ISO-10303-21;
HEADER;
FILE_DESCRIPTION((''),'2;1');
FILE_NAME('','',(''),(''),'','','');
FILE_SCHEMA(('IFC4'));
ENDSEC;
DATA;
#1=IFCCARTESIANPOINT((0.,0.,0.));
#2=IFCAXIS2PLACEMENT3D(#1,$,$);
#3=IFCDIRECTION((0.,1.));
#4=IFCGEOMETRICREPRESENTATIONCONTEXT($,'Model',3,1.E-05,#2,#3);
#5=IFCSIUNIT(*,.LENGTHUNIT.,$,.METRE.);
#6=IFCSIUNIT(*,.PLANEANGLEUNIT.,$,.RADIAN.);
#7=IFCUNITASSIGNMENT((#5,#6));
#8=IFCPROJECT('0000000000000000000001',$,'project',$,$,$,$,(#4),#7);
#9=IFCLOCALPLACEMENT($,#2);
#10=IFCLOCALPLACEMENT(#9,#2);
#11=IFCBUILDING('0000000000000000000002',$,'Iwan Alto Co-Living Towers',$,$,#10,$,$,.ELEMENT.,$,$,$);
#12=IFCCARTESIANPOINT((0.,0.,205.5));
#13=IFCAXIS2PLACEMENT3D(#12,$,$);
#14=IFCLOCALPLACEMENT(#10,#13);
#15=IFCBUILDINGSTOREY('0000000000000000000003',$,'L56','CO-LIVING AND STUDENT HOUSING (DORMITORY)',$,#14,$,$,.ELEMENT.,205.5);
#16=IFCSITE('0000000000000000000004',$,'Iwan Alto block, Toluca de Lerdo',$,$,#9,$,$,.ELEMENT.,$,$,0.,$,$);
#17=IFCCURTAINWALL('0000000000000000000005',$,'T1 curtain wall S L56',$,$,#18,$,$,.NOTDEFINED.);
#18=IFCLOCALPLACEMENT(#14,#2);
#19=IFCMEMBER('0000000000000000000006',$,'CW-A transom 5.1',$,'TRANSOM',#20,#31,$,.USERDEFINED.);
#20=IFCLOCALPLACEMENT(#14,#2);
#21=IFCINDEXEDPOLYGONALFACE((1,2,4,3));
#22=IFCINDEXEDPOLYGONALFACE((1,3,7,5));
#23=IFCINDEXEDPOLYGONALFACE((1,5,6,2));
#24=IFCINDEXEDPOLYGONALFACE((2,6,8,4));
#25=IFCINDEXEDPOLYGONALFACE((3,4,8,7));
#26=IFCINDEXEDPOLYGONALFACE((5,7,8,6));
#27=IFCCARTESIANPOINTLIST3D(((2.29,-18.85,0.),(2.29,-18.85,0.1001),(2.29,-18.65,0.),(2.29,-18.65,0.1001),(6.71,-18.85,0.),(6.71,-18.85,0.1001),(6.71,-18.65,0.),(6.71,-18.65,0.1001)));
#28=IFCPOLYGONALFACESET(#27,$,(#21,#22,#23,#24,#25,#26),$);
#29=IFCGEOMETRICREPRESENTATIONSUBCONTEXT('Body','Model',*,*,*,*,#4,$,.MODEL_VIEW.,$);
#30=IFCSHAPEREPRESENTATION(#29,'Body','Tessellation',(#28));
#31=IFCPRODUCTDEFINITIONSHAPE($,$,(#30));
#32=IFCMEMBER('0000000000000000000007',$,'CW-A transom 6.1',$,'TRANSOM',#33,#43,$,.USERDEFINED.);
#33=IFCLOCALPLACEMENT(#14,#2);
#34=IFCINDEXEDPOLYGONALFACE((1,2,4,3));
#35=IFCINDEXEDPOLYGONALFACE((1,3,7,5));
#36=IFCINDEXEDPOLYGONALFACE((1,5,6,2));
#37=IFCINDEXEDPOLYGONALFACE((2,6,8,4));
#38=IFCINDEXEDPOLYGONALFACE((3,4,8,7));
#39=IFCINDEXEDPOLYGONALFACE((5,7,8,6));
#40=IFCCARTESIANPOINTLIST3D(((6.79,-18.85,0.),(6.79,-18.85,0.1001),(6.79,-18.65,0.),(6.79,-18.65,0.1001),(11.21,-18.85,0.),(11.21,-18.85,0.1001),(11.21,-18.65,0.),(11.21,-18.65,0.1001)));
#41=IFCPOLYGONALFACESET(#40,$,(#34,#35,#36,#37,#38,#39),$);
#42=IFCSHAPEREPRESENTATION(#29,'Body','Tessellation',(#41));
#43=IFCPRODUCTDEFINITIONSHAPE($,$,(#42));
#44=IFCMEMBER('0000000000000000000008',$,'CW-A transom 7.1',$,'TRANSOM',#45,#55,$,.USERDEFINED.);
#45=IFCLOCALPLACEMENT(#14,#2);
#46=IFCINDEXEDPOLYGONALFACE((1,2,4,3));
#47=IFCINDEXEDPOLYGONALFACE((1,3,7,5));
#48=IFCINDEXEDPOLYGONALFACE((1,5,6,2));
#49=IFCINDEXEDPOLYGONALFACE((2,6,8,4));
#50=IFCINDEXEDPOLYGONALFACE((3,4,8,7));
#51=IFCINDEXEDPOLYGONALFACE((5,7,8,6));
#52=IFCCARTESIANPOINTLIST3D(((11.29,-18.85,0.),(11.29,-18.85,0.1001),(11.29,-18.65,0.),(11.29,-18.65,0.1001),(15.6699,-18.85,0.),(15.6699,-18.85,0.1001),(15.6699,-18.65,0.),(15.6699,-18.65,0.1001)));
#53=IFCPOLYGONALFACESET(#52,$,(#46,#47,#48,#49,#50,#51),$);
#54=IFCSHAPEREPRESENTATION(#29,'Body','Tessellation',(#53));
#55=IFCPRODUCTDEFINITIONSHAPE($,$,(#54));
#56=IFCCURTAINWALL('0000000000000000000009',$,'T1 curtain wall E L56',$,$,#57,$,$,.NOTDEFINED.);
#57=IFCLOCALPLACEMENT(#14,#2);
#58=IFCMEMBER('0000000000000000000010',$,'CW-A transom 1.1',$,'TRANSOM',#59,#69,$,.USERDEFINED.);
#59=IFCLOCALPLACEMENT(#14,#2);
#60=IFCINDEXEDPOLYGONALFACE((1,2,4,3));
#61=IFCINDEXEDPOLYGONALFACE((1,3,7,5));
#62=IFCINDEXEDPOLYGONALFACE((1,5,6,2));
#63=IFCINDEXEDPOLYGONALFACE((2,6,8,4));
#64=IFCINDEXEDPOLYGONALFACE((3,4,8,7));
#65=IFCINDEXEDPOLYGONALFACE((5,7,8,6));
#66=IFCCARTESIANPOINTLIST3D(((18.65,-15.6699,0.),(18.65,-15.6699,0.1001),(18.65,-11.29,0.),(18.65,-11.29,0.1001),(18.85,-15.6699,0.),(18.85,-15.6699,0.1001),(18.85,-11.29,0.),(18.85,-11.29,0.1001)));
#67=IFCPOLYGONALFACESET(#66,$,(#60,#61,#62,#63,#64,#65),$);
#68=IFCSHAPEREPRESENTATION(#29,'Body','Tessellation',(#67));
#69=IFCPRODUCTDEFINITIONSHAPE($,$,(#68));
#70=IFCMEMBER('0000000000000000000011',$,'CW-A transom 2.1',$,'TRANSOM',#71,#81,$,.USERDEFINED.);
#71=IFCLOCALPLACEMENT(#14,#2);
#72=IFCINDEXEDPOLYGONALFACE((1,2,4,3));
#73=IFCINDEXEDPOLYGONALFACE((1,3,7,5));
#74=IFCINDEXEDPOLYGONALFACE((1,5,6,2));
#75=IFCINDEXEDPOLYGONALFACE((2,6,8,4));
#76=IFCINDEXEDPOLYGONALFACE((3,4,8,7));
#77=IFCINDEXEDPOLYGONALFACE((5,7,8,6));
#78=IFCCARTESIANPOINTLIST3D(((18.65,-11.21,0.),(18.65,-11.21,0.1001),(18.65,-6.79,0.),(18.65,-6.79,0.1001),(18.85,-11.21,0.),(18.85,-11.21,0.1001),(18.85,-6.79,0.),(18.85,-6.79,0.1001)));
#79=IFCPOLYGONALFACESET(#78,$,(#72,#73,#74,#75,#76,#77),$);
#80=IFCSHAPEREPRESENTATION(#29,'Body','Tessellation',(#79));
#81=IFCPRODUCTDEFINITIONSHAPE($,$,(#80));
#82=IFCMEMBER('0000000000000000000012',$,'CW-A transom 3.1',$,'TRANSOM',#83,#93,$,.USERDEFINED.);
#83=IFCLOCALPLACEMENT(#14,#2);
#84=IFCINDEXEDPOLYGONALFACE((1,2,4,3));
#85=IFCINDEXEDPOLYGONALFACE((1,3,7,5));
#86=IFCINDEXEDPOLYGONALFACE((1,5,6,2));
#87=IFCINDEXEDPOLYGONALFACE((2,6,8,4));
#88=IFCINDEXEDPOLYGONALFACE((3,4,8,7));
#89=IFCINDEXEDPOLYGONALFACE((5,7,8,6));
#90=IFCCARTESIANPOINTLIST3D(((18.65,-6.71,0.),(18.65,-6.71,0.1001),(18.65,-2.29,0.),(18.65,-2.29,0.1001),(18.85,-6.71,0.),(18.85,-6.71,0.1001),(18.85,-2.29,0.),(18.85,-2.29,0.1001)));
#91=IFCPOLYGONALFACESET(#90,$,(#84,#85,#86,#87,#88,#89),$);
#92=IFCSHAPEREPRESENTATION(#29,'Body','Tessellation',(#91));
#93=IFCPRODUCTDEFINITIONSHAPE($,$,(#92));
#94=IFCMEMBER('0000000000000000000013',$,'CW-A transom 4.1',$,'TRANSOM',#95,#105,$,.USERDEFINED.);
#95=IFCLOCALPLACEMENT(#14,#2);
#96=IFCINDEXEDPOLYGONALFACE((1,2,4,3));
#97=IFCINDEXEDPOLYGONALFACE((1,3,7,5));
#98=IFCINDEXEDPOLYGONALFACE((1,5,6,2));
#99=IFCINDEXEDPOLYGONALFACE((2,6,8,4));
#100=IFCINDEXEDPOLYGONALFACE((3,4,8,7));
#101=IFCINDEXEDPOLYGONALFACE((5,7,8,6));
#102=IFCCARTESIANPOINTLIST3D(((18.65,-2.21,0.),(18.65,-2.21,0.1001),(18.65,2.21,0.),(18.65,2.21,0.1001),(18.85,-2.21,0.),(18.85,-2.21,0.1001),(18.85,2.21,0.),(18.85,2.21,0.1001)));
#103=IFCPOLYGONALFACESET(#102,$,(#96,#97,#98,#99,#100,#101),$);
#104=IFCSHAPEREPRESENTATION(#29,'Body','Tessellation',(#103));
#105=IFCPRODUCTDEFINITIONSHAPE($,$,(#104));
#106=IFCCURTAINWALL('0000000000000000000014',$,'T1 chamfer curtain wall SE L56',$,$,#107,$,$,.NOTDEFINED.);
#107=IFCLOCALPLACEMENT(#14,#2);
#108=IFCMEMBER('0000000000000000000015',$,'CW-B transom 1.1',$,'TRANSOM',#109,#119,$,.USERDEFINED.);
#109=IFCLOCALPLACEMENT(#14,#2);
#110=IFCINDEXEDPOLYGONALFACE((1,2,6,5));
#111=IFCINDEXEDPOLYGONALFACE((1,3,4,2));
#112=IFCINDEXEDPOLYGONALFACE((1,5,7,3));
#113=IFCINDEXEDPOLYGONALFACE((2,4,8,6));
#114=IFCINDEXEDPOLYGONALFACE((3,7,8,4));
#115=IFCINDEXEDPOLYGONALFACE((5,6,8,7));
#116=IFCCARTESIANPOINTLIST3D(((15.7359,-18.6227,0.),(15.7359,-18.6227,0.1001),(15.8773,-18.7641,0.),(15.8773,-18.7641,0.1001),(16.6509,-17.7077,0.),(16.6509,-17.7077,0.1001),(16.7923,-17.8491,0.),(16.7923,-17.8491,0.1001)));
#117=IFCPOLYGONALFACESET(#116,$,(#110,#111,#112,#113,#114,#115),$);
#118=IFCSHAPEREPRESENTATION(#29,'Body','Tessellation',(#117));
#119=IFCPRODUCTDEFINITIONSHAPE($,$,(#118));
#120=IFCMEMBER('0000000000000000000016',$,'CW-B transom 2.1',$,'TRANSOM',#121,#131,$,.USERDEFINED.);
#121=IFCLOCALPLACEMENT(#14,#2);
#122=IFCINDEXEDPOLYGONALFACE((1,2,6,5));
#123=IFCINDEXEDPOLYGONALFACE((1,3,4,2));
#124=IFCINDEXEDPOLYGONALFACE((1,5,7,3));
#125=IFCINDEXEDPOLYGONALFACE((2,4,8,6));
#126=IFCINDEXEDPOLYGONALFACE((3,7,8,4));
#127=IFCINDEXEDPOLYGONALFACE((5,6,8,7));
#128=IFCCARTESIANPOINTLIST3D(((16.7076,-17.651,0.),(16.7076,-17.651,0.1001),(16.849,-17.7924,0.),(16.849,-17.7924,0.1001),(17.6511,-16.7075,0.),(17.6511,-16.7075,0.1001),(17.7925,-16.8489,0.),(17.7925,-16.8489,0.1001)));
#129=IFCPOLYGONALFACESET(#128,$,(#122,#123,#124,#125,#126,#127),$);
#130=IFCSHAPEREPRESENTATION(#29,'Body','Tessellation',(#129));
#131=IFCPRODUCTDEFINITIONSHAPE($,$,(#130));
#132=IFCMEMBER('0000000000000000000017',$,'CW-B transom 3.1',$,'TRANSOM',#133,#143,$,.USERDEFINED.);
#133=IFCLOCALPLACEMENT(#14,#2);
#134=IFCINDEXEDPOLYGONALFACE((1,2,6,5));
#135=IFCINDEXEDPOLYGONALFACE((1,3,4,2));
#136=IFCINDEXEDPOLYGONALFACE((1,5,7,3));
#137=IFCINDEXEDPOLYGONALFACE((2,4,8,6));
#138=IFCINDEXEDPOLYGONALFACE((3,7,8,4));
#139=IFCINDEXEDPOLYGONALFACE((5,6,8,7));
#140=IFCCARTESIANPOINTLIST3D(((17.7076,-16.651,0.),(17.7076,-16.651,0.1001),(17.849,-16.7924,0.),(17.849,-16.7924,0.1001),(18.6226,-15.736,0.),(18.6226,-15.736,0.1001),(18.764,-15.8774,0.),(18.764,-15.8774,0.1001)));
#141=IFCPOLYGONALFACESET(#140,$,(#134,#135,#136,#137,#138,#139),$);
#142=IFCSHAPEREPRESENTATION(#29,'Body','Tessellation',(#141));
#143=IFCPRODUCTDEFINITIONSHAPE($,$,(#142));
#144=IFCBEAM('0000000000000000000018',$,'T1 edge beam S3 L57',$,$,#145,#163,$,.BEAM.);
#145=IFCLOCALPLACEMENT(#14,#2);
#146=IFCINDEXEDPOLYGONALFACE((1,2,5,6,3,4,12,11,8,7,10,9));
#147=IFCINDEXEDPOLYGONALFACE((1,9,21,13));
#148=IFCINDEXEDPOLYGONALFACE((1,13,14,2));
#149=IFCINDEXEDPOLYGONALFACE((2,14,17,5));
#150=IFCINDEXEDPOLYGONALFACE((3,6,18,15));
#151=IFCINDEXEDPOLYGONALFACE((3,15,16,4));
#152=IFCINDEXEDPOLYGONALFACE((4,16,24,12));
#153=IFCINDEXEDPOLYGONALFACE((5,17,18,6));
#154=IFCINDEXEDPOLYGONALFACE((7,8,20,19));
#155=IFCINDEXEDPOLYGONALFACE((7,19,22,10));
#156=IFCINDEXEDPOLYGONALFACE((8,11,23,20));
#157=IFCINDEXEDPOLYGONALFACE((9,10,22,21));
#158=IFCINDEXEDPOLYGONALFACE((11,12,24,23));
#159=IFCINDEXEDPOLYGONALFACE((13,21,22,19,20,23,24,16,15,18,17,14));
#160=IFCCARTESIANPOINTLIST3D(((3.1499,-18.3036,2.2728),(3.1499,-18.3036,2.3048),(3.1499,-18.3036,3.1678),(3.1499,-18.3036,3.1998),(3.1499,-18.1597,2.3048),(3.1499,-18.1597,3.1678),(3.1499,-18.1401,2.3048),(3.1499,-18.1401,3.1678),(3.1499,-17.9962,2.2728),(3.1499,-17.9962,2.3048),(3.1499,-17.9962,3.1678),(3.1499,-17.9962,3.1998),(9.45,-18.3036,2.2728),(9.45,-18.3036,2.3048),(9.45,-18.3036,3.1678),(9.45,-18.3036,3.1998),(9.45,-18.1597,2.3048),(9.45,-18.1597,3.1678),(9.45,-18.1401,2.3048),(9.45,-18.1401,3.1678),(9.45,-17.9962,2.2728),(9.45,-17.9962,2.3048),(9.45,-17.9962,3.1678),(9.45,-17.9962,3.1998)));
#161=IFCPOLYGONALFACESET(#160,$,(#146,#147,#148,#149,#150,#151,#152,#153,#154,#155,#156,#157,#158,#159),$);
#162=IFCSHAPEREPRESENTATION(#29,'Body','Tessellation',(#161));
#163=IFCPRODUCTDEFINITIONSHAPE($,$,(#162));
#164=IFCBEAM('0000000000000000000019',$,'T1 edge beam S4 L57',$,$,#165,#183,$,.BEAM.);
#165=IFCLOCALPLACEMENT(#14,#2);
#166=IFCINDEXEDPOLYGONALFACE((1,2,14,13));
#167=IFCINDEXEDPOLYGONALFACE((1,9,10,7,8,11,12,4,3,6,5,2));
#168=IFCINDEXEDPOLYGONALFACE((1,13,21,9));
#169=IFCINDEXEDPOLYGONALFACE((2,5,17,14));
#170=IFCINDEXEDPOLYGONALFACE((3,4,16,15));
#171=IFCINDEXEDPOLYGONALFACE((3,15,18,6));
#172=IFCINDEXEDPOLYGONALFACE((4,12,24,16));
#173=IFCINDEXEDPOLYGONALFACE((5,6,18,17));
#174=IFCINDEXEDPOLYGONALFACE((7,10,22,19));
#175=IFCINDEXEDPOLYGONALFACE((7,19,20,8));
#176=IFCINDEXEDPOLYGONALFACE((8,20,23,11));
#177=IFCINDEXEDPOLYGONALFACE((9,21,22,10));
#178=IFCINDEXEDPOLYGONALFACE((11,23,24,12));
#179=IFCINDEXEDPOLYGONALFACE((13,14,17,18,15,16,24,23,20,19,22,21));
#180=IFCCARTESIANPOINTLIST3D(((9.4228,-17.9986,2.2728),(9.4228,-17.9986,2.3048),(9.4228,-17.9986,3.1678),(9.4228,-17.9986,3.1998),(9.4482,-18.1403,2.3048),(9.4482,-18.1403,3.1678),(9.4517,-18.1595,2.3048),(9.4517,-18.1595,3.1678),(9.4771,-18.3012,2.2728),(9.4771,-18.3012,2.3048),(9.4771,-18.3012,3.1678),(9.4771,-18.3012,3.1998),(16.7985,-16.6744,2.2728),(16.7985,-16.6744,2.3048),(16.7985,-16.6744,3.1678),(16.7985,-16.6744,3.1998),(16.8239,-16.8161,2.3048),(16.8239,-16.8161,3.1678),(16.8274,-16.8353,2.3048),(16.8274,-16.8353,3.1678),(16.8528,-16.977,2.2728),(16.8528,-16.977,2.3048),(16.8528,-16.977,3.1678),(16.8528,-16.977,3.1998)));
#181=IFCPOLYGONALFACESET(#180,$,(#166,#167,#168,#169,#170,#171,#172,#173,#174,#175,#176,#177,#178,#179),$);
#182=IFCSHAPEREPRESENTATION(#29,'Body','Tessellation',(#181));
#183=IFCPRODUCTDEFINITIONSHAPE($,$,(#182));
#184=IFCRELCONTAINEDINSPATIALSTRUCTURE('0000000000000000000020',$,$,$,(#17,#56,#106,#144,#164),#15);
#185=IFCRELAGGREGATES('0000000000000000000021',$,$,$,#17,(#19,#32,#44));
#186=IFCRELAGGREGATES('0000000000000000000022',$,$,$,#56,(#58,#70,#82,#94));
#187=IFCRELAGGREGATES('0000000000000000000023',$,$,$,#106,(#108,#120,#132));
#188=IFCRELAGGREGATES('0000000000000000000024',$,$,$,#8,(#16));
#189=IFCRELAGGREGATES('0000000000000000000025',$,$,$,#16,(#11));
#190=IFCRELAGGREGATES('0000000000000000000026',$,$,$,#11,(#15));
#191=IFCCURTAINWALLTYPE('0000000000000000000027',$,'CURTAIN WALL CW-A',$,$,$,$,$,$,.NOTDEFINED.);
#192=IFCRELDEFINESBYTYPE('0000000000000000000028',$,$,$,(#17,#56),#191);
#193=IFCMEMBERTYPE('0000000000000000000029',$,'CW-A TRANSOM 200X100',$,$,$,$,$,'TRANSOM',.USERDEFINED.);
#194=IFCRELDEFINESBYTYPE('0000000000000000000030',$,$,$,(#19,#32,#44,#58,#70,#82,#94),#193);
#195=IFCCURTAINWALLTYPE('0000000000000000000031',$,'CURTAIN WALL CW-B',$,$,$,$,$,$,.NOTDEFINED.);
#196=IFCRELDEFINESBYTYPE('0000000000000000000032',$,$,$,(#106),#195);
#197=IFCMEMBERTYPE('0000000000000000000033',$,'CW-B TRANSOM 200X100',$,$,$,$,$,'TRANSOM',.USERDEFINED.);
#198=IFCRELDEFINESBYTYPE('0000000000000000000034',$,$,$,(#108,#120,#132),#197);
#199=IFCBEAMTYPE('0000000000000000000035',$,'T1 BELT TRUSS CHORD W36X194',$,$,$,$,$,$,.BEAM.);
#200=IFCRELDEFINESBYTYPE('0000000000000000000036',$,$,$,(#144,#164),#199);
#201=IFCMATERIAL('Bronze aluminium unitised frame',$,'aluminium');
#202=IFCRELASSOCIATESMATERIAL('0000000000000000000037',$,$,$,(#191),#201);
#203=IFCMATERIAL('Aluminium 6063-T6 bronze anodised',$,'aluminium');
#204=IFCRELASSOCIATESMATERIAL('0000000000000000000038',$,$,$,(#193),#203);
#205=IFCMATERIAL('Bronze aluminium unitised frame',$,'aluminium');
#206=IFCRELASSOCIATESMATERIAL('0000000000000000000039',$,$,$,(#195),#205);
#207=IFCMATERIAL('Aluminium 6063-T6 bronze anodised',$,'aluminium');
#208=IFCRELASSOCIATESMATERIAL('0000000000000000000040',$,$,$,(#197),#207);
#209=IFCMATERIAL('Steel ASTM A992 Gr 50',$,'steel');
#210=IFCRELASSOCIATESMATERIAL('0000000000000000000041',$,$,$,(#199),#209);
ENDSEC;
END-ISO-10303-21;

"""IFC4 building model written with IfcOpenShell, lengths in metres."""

from ifc_helpers import new_model, si_unit, direction, frame, origin, origin_2d, place, context, subcontext, project, spatial, rectangle, i_section, extrude, material, material_profile, profile_set, type_object, element, aggregate, save


model = new_model("IFC4")

# Units and contexts
model_context = context("Model", 3, precision=1e-05, world=origin(), true_north=direction((0.0, 1.0)))
body_context = subcontext(model_context, "Body", "Model", "MODEL_VIEW")
ifc_project = project(units=[si_unit("LENGTHUNIT", "METRE"), si_unit("PLANEANGLEUNIT", "RADIAN")], contexts=[model_context])

# Site, building, storey
site_placement = place(None, origin())
site = spatial("IfcSite", under=ifc_project, at=site_placement, Name="Iwan Alto block, Toluca de Lerdo", CompositionType="ELEMENT", RefElevation=0.0)
building_placement = place(site_placement, origin())
building = spatial("IfcBuilding", under=site, at=building_placement, Name="Iwan Alto Co-Living Towers", CompositionType="ELEMENT")
storey_placement = place(building_placement, frame((0.0, 0.0, 205.5)))
storey = spatial("IfcBuildingStorey", under=building, at=storey_placement, Name="L56", Description="CO-LIVING AND STUDENT HOUSING (DORMITORY)", CompositionType="ELEMENT", Elevation=205.5)

# Curtain walls, members
ifc_material_1 = material(Name="Bronze aluminium unitised frame", Category="aluminium")
curtain_wall_type_1 = type_object("IfcCurtainWallType", Name="CURTAIN WALL CW-A", PredefinedType="NOTDEFINED", material=ifc_material_1)
curtain_wall_1_placement = place(storey_placement, origin())
curtain_wall_1 = element("IfcCurtainWall", 1, at=curtain_wall_1_placement, inside=storey, type_object=curtain_wall_type_1, Name="T1 curtain wall S L56", PredefinedType="NOTDEFINED")
ifc_material_2 = material(Name="Aluminium 6063-T6 bronze anodised", Category="aluminium")
ifc_material_profile_1 = material_profile(ifc_material_2, rectangle(XDim=0.2, YDim=0.1001, at=origin_2d()), Name="AL 200X100")
ifc_profile_set_1 = profile_set([ifc_material_profile_1], Name="Aluminium 6063-T6 bronze anodised")
member_type_1 = type_object("IfcMemberType", Name="CW-A TRANSOM 200X100", ElementType="TRANSOM", PredefinedType="USERDEFINED", material=ifc_profile_set_1)
member_1_placement = place(storey_placement, frame((2.29, -18.75, 0.05), z_axis=(1.0, 0.0, 0.0), x_axis=(0.0, 1.0, 0.0)))
member_1 = element("IfcMember", 2, at=member_1_placement, type_object=member_type_1, Name="CW-A transom 5.1", ObjectType="TRANSOM", PredefinedType="USERDEFINED", context=body_context, shape_type="SweptSolid", body=[
    extrude(rectangle(XDim=0.2, YDim=0.1001, at=origin_2d()), origin(), (0.0, 0.0, 1.0), 4.4199),
])
member_2_placement = place(storey_placement, frame((6.79, -18.75, 0.05), z_axis=(1.0, 0.0, 0.0), x_axis=(0.0, 1.0, 0.0)))
member_2 = element("IfcMember", 3, at=member_2_placement, type_object=member_type_1, Name="CW-A transom 6.1", ObjectType="TRANSOM", PredefinedType="USERDEFINED", context=body_context, shape_type="SweptSolid", body=[
    extrude(rectangle(XDim=0.2, YDim=0.1001, at=origin_2d()), origin(), (0.0, 0.0, 1.0), 4.4199),
])
member_3_placement = place(storey_placement, frame((11.29, -18.75, 0.05), z_axis=(1.0, 0.0, 0.0), x_axis=(0.0, 1.0, 0.0)))
member_3 = element("IfcMember", 4, at=member_3_placement, type_object=member_type_1, Name="CW-A transom 7.1", ObjectType="TRANSOM", PredefinedType="USERDEFINED", context=body_context, shape_type="SweptSolid", body=[
    extrude(rectangle(XDim=0.2, YDim=0.1001, at=origin_2d()), origin(), (0.0, 0.0, 1.0), 4.3799),
])
curtain_wall_2_placement = place(storey_placement, origin())
curtain_wall_2 = element("IfcCurtainWall", 5, at=curtain_wall_2_placement, inside=storey, type_object=curtain_wall_type_1, Name="T1 curtain wall E L56", PredefinedType="NOTDEFINED")
member_4_placement = place(storey_placement, frame((18.75, -15.6699, 0.05), z_axis=(0.0, 1.0, 0.0), x_axis=(-1.0, 0.0, 0.0)))
member_4 = element("IfcMember", 6, at=member_4_placement, type_object=member_type_1, Name="CW-A transom 1.1", ObjectType="TRANSOM", PredefinedType="USERDEFINED", context=body_context, shape_type="SweptSolid", body=[
    extrude(rectangle(XDim=0.2, YDim=0.1001, at=origin_2d()), origin(), (0.0, 0.0, 1.0), 4.3799),
])
member_5_placement = place(storey_placement, frame((18.75, -11.21, 0.05), z_axis=(0.0, 1.0, 0.0), x_axis=(-1.0, 0.0, 0.0)))
member_5 = element("IfcMember", 7, at=member_5_placement, type_object=member_type_1, Name="CW-A transom 2.1", ObjectType="TRANSOM", PredefinedType="USERDEFINED", context=body_context, shape_type="SweptSolid", body=[
    extrude(rectangle(XDim=0.2, YDim=0.1001, at=origin_2d()), origin(), (0.0, 0.0, 1.0), 4.4199),
])
member_6_placement = place(storey_placement, frame((18.75, -6.71, 0.05), z_axis=(0.0, 1.0, 0.0), x_axis=(-1.0, 0.0, 0.0)))
member_6 = element("IfcMember", 8, at=member_6_placement, type_object=member_type_1, Name="CW-A transom 3.1", ObjectType="TRANSOM", PredefinedType="USERDEFINED", context=body_context, shape_type="SweptSolid", body=[
    extrude(rectangle(XDim=0.2, YDim=0.1001, at=origin_2d()), origin(), (0.0, 0.0, 1.0), 4.4199),
])
member_7_placement = place(storey_placement, frame((18.75, -2.21, 0.05), z_axis=(0.0, 1.0, 0.0), x_axis=(-1.0, 0.0, 0.0)))
member_7 = element("IfcMember", 9, at=member_7_placement, type_object=member_type_1, Name="CW-A transom 4.1", ObjectType="TRANSOM", PredefinedType="USERDEFINED", context=body_context, shape_type="SweptSolid", body=[
    extrude(rectangle(XDim=0.2, YDim=0.1001, at=origin_2d()), origin(), (0.0, 0.0, 1.0), 4.4199),
])
ifc_material_3 = material(Name="Bronze aluminium unitised frame", Category="aluminium")
curtain_wall_type_2 = type_object("IfcCurtainWallType", Name="CURTAIN WALL CW-B", PredefinedType="NOTDEFINED", material=ifc_material_3)
curtain_wall_3_placement = place(storey_placement, origin())
curtain_wall_3 = element("IfcCurtainWall", 10, at=curtain_wall_3_placement, inside=storey, type_object=curtain_wall_type_2, Name="T1 chamfer curtain wall SE L56", PredefinedType="NOTDEFINED")
ifc_material_4 = material(Name="Aluminium 6063-T6 bronze anodised", Category="aluminium")
ifc_material_profile_2 = material_profile(ifc_material_4, rectangle(XDim=0.2, YDim=0.1001, at=origin_2d()), Name="AL 200X100")
ifc_profile_set_2 = profile_set([ifc_material_profile_2], Name="Aluminium 6063-T6 bronze anodised")
member_type_2 = type_object("IfcMemberType", Name="CW-B TRANSOM 200X100", ElementType="TRANSOM", PredefinedType="USERDEFINED", material=ifc_profile_set_2)
member_8_placement = place(storey_placement, frame((15.8066, -18.6934, 0.05), z_axis=(0.707107, 0.707107, 0.0), x_axis=(-0.707107, 0.707107, 0.0)))
member_8 = element("IfcMember", 11, at=member_8_placement, type_object=member_type_2, Name="CW-B transom 1.1", ObjectType="TRANSOM", PredefinedType="USERDEFINED", context=body_context, shape_type="SweptSolid", body=[
    extrude(rectangle(XDim=0.2, YDim=0.1001, at=origin_2d()), origin(), (0.0, 0.0, 1.0), 1.2939),
])
member_9_placement = place(storey_placement, frame((16.7783, -17.7217, 0.05), z_axis=(0.707107, 0.707107, 0.0), x_axis=(-0.707107, 0.707107, 0.0)))
member_9 = element("IfcMember", 12, at=member_9_placement, type_object=member_type_2, Name="CW-B transom 2.1", ObjectType="TRANSOM", PredefinedType="USERDEFINED", context=body_context, shape_type="SweptSolid", body=[
    extrude(rectangle(XDim=0.2, YDim=0.1001, at=origin_2d()), origin(), (0.0, 0.0, 1.0), 1.3342),
])
member_10_placement = place(storey_placement, frame((17.7783, -16.7217, 0.05), z_axis=(0.707107, 0.707107, 0.0), x_axis=(-0.707107, 0.707107, 0.0)))
member_10 = element("IfcMember", 13, at=member_10_placement, type_object=member_type_2, Name="CW-B transom 3.1", ObjectType="TRANSOM", PredefinedType="USERDEFINED", context=body_context, shape_type="SweptSolid", body=[
    extrude(rectangle(XDim=0.2, YDim=0.1001, at=origin_2d()), origin(), (0.0, 0.0, 1.0), 1.2939),
])

# Beams
ifc_material_5 = material(Name="Steel ASTM A992 Gr 50", Category="steel")
ifc_material_profile_3 = material_profile(ifc_material_5, i_section(OverallWidth=0.3074, OverallDepth=0.927, WebThickness=0.0195, FlangeThickness=0.032, at=origin_2d()), Name="W36X194")
ifc_profile_set_3 = profile_set([ifc_material_profile_3], Name="Steel ASTM A992 Gr 50")
beam_type_1 = type_object("IfcBeamType", Name="T1 BELT TRUSS CHORD W36X194", PredefinedType="BEAM", material=ifc_profile_set_3)
beam_1_placement = place(storey_placement, frame((3.1499, -18.1499, 2.7363), z_axis=(1.0, 0.0, 0.0), x_axis=(0.0, 1.0, 0.0)))
element("IfcBeam", 14, at=beam_1_placement, inside=storey, type_object=beam_type_1, Name="T1 edge beam S3 L57", PredefinedType="BEAM", context=body_context, shape_type="SweptSolid", body=[
    extrude(i_section(OverallWidth=0.3074, OverallDepth=0.927, WebThickness=0.0195, FlangeThickness=0.032, at=origin_2d()), origin(), (0.0, 0.0, 1.0), 6.3),
])
for number, where, z_axis, x_axis, name in (
    (15, (9.45, -18.1499, 2.7363), (0.984263, 0.176712, 0.0), (-0.176712, 0.984263, 0.0), "T1 edge beam S4 L57"),
):
    element("IfcBeam", number, at=place(storey_placement, frame(where, z_axis=z_axis, x_axis=x_axis)), inside=storey, type_object=beam_type_1, Name=name, PredefinedType="BEAM", context=body_context, shape_type="SweptSolid", body=[
        extrude(i_section(OverallWidth=0.3074, OverallDepth=0.927, WebThickness=0.0195, FlangeThickness=0.032, at=origin_2d()), origin(), (0.0, 0.0, 1.0), 7.4937),
    ])

aggregate(curtain_wall_1, [member_1, member_2, member_3])
aggregate(curtain_wall_2, [member_4, member_5, member_6, member_7])
aggregate(curtain_wall_3, [member_8, member_9, member_10])

save(model, "model.ifc")
